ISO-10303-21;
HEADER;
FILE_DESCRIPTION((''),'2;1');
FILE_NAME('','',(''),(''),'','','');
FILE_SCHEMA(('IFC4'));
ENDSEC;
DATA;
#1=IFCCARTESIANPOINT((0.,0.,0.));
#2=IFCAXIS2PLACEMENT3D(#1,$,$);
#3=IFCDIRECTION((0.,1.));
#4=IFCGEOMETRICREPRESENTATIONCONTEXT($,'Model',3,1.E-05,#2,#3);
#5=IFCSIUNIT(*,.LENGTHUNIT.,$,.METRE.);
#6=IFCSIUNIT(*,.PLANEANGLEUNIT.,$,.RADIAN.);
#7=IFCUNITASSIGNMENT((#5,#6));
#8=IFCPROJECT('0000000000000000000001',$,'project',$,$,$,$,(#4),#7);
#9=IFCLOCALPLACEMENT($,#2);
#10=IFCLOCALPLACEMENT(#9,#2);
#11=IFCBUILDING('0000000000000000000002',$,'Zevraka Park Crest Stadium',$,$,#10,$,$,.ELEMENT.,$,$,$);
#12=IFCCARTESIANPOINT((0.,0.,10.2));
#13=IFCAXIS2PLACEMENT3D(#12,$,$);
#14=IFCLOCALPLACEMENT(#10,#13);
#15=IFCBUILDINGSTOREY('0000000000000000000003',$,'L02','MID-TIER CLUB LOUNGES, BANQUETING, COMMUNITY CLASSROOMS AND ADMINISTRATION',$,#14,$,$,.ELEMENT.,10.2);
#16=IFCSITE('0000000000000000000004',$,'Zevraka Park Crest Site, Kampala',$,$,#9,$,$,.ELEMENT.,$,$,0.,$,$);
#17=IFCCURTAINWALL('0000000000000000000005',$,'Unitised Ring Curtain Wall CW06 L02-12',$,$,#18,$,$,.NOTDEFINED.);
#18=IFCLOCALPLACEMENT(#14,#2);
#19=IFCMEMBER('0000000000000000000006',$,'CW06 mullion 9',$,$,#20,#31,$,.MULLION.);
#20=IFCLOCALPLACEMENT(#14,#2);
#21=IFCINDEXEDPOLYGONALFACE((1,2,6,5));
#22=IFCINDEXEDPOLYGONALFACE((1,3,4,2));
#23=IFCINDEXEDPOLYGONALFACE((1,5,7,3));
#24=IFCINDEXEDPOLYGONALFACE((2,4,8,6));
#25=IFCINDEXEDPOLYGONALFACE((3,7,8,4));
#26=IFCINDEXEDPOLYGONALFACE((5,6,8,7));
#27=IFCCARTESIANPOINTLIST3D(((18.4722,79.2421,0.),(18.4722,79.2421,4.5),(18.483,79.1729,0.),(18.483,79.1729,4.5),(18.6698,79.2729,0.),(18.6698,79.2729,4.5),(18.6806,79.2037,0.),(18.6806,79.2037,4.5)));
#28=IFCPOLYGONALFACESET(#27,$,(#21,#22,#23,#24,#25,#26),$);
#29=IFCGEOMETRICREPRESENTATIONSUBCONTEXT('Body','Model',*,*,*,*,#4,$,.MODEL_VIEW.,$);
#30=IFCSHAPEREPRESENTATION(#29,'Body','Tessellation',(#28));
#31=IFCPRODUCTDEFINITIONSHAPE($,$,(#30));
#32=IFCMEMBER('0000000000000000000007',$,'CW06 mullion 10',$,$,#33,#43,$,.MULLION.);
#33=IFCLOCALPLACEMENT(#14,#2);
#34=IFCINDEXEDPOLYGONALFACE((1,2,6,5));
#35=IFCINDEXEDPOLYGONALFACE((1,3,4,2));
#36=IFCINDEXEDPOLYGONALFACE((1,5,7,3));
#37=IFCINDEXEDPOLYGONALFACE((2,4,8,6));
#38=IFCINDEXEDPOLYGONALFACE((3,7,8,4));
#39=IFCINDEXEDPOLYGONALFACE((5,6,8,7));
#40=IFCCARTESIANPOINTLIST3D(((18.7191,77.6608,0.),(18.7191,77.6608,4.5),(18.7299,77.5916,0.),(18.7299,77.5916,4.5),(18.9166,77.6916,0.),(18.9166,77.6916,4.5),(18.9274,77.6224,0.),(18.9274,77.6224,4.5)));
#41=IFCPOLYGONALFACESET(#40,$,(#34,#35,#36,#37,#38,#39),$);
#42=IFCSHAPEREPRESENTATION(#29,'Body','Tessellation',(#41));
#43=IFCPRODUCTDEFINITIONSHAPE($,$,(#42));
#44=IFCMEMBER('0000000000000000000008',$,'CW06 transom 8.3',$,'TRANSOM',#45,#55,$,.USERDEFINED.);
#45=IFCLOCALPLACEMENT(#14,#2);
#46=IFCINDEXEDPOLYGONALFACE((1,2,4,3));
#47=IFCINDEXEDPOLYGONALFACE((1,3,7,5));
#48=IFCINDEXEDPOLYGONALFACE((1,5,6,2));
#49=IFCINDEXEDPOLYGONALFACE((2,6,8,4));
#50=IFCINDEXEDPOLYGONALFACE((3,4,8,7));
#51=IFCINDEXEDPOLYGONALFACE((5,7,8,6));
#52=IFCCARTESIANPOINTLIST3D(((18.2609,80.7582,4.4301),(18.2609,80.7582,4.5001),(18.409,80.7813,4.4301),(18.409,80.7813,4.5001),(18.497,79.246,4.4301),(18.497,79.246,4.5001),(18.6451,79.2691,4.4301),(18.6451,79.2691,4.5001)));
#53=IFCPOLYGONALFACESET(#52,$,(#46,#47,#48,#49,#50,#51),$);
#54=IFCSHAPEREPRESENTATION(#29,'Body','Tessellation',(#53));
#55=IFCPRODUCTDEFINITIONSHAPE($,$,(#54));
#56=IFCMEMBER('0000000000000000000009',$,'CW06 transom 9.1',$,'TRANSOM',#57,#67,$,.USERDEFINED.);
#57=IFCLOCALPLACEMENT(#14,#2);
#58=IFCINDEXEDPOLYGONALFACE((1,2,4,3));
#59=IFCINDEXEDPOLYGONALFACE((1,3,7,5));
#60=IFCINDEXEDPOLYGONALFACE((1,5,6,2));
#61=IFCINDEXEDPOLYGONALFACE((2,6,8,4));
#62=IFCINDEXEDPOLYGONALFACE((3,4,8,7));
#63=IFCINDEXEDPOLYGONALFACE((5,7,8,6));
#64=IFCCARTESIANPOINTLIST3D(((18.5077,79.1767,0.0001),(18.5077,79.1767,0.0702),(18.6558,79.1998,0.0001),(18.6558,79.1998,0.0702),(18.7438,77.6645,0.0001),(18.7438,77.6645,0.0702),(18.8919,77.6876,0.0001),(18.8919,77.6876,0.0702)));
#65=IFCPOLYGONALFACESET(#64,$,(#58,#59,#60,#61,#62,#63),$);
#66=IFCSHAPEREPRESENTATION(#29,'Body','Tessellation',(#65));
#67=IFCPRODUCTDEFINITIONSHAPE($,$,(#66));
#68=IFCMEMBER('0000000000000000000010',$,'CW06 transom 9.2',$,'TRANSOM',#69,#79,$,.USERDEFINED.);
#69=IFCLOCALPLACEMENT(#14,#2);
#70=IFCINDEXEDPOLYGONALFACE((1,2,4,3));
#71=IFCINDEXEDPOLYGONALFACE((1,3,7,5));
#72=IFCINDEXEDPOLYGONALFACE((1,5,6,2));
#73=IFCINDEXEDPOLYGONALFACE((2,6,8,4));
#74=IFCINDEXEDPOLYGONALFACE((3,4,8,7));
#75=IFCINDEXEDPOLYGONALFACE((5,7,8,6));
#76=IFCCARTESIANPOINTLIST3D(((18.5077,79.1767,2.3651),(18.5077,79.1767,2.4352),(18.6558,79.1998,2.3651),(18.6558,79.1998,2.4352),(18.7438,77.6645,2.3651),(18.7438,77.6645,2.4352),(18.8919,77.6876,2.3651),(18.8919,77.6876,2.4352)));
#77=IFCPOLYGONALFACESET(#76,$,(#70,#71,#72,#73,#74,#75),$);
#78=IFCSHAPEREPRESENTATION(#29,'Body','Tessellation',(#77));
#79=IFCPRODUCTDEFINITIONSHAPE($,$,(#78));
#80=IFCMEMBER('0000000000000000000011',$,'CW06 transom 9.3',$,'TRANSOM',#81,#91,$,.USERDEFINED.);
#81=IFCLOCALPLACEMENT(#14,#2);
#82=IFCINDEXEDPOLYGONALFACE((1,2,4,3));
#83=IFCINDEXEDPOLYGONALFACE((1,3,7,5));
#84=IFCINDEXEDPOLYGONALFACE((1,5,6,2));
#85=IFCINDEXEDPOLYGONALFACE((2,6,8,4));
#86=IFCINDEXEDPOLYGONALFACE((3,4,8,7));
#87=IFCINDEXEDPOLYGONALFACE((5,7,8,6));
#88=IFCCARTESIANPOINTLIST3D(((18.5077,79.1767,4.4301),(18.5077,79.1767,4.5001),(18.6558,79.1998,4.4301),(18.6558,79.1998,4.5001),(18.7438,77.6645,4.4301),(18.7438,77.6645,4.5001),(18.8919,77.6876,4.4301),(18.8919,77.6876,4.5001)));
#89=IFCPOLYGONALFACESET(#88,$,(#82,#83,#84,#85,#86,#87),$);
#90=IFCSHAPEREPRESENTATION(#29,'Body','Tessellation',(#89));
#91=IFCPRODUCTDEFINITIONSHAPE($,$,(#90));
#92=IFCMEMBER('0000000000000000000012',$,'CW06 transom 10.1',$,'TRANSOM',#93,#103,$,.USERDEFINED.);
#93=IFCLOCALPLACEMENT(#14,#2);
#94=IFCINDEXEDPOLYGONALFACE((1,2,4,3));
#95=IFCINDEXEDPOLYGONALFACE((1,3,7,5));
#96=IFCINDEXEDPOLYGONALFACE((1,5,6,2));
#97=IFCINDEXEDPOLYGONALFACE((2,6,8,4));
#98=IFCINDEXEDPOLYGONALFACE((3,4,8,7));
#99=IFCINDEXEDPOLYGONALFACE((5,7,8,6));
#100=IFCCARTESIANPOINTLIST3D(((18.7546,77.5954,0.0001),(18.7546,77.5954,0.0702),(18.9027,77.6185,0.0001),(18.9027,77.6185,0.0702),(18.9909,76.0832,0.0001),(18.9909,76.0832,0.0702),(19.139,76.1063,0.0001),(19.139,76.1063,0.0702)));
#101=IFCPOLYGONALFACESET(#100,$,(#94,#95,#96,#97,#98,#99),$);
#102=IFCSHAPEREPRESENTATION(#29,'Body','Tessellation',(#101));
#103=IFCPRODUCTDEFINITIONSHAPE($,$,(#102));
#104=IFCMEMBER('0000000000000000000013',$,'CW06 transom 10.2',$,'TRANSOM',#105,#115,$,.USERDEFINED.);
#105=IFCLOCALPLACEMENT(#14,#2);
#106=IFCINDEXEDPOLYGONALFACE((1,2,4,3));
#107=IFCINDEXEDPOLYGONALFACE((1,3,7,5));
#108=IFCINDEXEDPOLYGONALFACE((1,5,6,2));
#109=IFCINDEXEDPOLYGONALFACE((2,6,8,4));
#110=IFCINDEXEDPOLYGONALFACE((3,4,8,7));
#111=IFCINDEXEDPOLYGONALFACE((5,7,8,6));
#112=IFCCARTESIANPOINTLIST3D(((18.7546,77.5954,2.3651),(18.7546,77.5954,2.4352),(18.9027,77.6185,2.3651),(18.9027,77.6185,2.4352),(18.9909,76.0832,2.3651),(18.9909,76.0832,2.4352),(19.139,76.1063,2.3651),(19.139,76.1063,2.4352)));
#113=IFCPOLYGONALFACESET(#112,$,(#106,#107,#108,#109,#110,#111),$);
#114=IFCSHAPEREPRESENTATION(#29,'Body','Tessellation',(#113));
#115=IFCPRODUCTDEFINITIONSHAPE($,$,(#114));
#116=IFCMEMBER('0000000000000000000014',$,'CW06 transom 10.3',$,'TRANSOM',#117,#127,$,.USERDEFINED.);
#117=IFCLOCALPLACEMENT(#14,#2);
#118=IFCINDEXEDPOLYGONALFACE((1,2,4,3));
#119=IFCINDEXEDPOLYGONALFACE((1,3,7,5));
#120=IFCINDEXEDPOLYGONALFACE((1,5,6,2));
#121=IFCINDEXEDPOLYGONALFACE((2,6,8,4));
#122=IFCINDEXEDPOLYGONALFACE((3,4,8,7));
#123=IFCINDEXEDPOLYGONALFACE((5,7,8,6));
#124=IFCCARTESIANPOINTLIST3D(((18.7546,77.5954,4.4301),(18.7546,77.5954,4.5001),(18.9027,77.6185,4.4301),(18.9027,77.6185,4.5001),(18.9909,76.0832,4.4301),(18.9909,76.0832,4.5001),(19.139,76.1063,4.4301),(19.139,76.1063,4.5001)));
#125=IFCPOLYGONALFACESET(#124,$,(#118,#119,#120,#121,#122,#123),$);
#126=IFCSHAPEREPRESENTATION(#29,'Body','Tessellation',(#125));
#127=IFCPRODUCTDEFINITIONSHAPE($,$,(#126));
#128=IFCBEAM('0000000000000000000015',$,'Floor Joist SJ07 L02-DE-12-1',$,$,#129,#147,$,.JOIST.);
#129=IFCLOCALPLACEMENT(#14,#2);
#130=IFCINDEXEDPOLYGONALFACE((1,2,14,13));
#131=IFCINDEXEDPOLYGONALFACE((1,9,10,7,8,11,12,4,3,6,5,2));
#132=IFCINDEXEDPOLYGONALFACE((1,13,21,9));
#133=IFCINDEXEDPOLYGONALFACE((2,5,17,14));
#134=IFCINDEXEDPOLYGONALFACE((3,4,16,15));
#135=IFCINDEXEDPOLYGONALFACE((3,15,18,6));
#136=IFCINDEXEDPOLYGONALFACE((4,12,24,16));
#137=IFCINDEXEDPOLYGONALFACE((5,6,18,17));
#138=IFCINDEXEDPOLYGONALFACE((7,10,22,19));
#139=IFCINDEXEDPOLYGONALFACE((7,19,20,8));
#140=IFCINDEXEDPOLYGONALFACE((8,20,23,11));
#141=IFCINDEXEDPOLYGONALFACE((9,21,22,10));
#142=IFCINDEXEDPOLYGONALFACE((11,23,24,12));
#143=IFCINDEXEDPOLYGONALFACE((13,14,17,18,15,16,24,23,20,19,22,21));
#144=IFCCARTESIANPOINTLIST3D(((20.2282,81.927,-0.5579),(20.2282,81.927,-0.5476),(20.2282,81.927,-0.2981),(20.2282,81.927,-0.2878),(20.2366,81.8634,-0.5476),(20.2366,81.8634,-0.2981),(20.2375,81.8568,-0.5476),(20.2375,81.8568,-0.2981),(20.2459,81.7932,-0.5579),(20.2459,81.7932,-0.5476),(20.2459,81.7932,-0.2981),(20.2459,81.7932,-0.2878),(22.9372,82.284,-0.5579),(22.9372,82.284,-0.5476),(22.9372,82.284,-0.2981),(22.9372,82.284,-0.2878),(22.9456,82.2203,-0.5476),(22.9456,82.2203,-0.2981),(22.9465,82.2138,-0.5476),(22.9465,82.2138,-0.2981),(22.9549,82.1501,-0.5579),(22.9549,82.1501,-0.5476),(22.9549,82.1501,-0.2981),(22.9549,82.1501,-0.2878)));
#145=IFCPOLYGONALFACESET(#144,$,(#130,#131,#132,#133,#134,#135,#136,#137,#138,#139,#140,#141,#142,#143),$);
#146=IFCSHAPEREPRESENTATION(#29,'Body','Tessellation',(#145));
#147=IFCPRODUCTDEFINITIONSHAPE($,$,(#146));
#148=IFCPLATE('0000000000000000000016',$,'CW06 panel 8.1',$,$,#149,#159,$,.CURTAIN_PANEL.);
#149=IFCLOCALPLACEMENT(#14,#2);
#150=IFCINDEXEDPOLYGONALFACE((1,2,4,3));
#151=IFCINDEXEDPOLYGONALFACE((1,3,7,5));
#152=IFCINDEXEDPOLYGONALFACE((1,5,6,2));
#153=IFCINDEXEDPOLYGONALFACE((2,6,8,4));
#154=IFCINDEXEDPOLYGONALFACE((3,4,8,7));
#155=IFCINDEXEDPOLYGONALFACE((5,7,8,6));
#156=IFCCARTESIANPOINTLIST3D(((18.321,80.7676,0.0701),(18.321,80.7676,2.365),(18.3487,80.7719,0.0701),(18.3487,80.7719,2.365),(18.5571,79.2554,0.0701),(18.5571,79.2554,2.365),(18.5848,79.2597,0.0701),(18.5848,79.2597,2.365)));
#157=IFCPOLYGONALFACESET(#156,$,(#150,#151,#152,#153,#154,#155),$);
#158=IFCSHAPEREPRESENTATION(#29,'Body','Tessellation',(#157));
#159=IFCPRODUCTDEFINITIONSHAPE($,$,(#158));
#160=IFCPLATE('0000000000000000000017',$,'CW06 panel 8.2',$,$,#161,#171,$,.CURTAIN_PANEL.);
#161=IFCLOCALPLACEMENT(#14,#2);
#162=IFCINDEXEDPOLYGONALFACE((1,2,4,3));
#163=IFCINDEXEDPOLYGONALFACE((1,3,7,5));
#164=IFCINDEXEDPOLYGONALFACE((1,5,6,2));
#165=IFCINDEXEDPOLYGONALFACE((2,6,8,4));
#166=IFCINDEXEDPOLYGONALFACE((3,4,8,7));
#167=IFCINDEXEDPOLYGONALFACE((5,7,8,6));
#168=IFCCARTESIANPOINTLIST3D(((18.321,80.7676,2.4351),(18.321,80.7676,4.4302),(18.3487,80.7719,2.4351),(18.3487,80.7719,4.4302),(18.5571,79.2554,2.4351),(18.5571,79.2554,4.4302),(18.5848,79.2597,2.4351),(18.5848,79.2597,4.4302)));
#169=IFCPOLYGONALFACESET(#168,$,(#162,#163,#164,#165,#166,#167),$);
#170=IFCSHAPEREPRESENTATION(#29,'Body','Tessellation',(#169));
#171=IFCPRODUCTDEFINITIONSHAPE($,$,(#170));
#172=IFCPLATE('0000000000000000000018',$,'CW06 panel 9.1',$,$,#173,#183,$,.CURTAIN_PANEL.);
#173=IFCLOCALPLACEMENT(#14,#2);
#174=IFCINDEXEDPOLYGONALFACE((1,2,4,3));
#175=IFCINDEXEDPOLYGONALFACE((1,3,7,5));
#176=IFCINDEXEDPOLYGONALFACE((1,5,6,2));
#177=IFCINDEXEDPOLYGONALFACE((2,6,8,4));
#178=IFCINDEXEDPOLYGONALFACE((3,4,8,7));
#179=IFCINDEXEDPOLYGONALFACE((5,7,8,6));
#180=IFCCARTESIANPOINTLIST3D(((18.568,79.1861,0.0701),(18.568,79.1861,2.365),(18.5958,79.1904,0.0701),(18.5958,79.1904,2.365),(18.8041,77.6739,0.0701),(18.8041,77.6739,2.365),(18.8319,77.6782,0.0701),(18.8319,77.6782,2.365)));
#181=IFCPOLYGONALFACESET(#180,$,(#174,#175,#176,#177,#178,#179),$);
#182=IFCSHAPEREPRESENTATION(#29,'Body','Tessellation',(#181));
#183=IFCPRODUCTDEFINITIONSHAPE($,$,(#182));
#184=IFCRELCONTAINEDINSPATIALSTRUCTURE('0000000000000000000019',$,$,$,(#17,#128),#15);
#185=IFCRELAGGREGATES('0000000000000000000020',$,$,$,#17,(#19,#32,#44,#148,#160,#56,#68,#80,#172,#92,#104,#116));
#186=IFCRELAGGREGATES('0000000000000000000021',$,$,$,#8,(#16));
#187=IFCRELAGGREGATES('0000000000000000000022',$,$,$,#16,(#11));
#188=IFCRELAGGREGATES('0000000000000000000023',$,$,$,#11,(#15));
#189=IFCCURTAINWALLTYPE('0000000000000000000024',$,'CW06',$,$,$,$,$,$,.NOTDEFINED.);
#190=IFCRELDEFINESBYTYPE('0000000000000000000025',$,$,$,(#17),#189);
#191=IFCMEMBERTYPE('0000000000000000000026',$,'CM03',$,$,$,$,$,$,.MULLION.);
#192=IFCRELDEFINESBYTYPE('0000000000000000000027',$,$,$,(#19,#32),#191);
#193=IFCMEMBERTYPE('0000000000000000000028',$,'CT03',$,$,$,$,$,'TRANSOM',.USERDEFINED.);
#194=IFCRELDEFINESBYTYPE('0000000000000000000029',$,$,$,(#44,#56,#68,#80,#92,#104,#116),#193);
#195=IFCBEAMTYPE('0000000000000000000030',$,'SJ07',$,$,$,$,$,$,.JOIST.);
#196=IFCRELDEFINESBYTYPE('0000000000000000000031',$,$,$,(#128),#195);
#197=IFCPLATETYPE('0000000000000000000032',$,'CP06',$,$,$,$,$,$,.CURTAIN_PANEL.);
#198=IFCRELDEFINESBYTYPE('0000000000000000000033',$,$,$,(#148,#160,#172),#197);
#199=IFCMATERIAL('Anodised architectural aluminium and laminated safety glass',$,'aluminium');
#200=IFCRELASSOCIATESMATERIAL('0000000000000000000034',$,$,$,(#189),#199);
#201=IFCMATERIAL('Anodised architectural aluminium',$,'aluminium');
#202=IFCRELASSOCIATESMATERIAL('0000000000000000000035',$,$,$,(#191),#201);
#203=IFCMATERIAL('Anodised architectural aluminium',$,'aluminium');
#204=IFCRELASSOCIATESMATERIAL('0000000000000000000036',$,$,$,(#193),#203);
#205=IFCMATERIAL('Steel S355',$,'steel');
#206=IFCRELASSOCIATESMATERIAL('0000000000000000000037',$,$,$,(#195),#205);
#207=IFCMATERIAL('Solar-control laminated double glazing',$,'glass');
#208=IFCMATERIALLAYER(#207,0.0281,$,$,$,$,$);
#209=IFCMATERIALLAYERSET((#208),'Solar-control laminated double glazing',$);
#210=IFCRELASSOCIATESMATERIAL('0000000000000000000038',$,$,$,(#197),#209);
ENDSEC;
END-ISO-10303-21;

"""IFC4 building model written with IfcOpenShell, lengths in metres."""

from ifc_helpers import new_model, si_unit, direction, frame, origin, origin_2d, place, context, subcontext, project, spatial, rectangle, i_section, extrude, material, layer, layer_set, material_profile, profile_set, type_object, element, aggregate, save


model = new_model("IFC4")

# Units and contexts
model_context = context("Model", 3, precision=1e-05, world=origin(), true_north=direction((0.0, 1.0)))
body_context = subcontext(model_context, "Body", "Model", "MODEL_VIEW")
ifc_project = project(units=[si_unit("LENGTHUNIT", "METRE"), si_unit("PLANEANGLEUNIT", "RADIAN")], contexts=[model_context])

# Site, building, storey
site_placement = place(None, origin())
site = spatial("IfcSite", under=ifc_project, at=site_placement, Name="Zevraka Park Crest Site, Kampala", CompositionType="ELEMENT", RefElevation=0.0)
building_placement = place(site_placement, origin())
building = spatial("IfcBuilding", under=site, at=building_placement, Name="Zevraka Park Crest Stadium", CompositionType="ELEMENT")
storey_placement = place(building_placement, frame((0.0, 0.0, 10.2)))
storey = spatial("IfcBuildingStorey", under=building, at=storey_placement, Name="L02", Description="MID-TIER CLUB LOUNGES, BANQUETING, COMMUNITY CLASSROOMS AND ADMINISTRATION", CompositionType="ELEMENT", Elevation=10.2)

# Curtain wall, members
ifc_material_1 = material(Name="Anodised architectural aluminium and laminated safety glass", Category="aluminium")
curtain_wall_type = type_object("IfcCurtainWallType", Name="CW06", PredefinedType="NOTDEFINED", material=ifc_material_1)
curtain_wall_placement = place(storey_placement, origin())
curtain_wall = element("IfcCurtainWall", 1, at=curtain_wall_placement, inside=storey, type_object=curtain_wall_type, Name="Unitised Ring Curtain Wall CW06 L02-12", PredefinedType="NOTDEFINED")
ifc_material_2 = material(Name="Anodised architectural aluminium", Category="aluminium")
ifc_material_profile_1 = material_profile(ifc_material_2, rectangle(XDim=0.2, YDim=0.0701, at=origin_2d()), Name="ALU MULLION 200x70")
ifc_profile_set_1 = profile_set([ifc_material_profile_1], Name="Anodised architectural aluminium")
member_type_1 = type_object("IfcMemberType", Name="CM03", PredefinedType="MULLION", material=ifc_profile_set_1)
member_1_placement = place(storey_placement, frame((18.5764, 79.2229, 0.0), z_axis=(0.0, 0.0, 1.0), x_axis=(0.988028, 0.154274, 0.0)))
member_1 = element("IfcMember", 2, at=member_1_placement, type_object=member_type_1, Name="CW06 mullion 9", PredefinedType="MULLION", context=body_context, shape_type="SweptSolid", body=[
    extrude(rectangle(XDim=0.2, YDim=0.0701, at=origin_2d()), origin(), (0.0, 0.0, 1.0), 4.5),
])
member_2_placement = place(storey_placement, frame((18.8232, 77.6416, 0.0), z_axis=(0.0, 0.0, 1.0), x_axis=(0.988028, 0.154274, 0.0)))
member_2 = element("IfcMember", 3, at=member_2_placement, type_object=member_type_1, Name="CW06 mullion 10", PredefinedType="MULLION", context=body_context, shape_type="SweptSolid", body=[
    extrude(rectangle(XDim=0.2, YDim=0.0701, at=origin_2d()), origin(), (0.0, 0.0, 1.0), 4.5),
])
ifc_material_3 = material(Name="Anodised architectural aluminium", Category="aluminium")
ifc_material_profile_2 = material_profile(ifc_material_3, rectangle(XDim=0.1499, YDim=0.0701, at=origin_2d()), Name="ALU TRANSOM 150x70")
ifc_profile_set_2 = profile_set([ifc_material_profile_2], Name="Anodised architectural aluminium")
member_type_2 = type_object("IfcMemberType", Name="CT03", ElementType="TRANSOM", PredefinedType="USERDEFINED", material=ifc_profile_set_2)
member_3_placement = place(storey_placement, frame((18.335, 80.7698, 4.4651), z_axis=(0.15425, -0.988032, 0.0), x_axis=(0.988032, 0.15425, 0.0)))
member_3 = element("IfcMember", 4, at=member_3_placement, type_object=member_type_2, Name="CW06 transom 8.3", ObjectType="TRANSOM", PredefinedType="USERDEFINED", context=body_context, shape_type="SweptSolid", body=[
    extrude(rectangle(XDim=0.1499, YDim=0.0701, at=origin_2d()), origin(), (0.0, 0.0, 1.0), 1.5305),
])
member_4_placement = place(storey_placement, frame((18.5818, 79.1882, 0.0352), z_axis=(0.15425, -0.988032, 0.0), x_axis=(0.988032, 0.15425, 0.0)))
member_4 = element("IfcMember", 5, at=member_4_placement, type_object=member_type_2, Name="CW06 transom 9.1", ObjectType="TRANSOM", PredefinedType="USERDEFINED", context=body_context, shape_type="SweptSolid", body=[
    extrude(rectangle(XDim=0.1499, YDim=0.0701, at=origin_2d()), origin(), (0.0, 0.0, 1.0), 1.5305),
])
member_5_placement = place(storey_placement, frame((18.5818, 79.1882, 2.4001), z_axis=(0.15425, -0.988032, 0.0), x_axis=(0.988032, 0.15425, 0.0)))
member_5 = element("IfcMember", 6, at=member_5_placement, type_object=member_type_2, Name="CW06 transom 9.2", ObjectType="TRANSOM", PredefinedType="USERDEFINED", context=body_context, shape_type="SweptSolid", body=[
    extrude(rectangle(XDim=0.1499, YDim=0.0701, at=origin_2d()), origin(), (0.0, 0.0, 1.0), 1.5305),
])
member_6_placement = place(storey_placement, frame((18.5818, 79.1882, 4.4651), z_axis=(0.15425, -0.988032, 0.0), x_axis=(0.988032, 0.15425, 0.0)))
member_6 = element("IfcMember", 7, at=member_6_placement, type_object=member_type_2, Name="CW06 transom 9.3", ObjectType="TRANSOM", PredefinedType="USERDEFINED", context=body_context, shape_type="SweptSolid", body=[
    extrude(rectangle(XDim=0.1499, YDim=0.0701, at=origin_2d()), origin(), (0.0, 0.0, 1.0), 1.5305),
])
member_7_placement = place(storey_placement, frame((18.8286, 77.6069, 0.0352), z_axis=(0.154406, -0.988007, 0.0), x_axis=(0.988007, 0.154406, 0.0)))
member_7 = element("IfcMember", 8, at=member_7_placement, type_object=member_type_2, Name="CW06 transom 10.1", ObjectType="TRANSOM", PredefinedType="USERDEFINED", context=body_context, shape_type="SweptSolid", body=[
    extrude(rectangle(XDim=0.1499, YDim=0.0701, at=origin_2d()), origin(), (0.0, 0.0, 1.0), 1.5305),
])
member_8_placement = place(storey_placement, frame((18.8286, 77.6069, 2.4001), z_axis=(0.154406, -0.988007, 0.0), x_axis=(0.988007, 0.154406, 0.0)))
member_8 = element("IfcMember", 9, at=member_8_placement, type_object=member_type_2, Name="CW06 transom 10.2", ObjectType="TRANSOM", PredefinedType="USERDEFINED", context=body_context, shape_type="SweptSolid", body=[
    extrude(rectangle(XDim=0.1499, YDim=0.0701, at=origin_2d()), origin(), (0.0, 0.0, 1.0), 1.5305),
])
member_9_placement = place(storey_placement, frame((18.8286, 77.6069, 4.4651), z_axis=(0.154406, -0.988007, 0.0), x_axis=(0.988007, 0.154406, 0.0)))
member_9 = element("IfcMember", 10, at=member_9_placement, type_object=member_type_2, Name="CW06 transom 10.3", ObjectType="TRANSOM", PredefinedType="USERDEFINED", context=body_context, shape_type="SweptSolid", body=[
    extrude(rectangle(XDim=0.1499, YDim=0.0701, at=origin_2d()), origin(), (0.0, 0.0, 1.0), 1.5305),
])

# Beam
ifc_material_4 = material(Name="Steel S355", Category="steel")
ifc_material_profile_3 = material_profile(ifc_material_4, i_section(OverallWidth=0.135, OverallDepth=0.27, WebThickness=0.0066, FlangeThickness=0.0103, at=origin_2d()), Name="IPE 270")
ifc_profile_set_3 = profile_set([ifc_material_profile_3], Name="Steel S355")
beam_type = type_object("IfcBeamType", Name="SJ07", PredefinedType="JOIST", material=ifc_profile_set_3)
beam_placement = place(storey_placement, frame((22.946, 82.217, -0.4229), z_axis=(-0.991431, -0.13063, 0.0), x_axis=(0.13063, -0.991431, 0.0)))
element("IfcBeam", 11, at=beam_placement, inside=storey, type_object=beam_type, Name="Floor Joist SJ07 L02-DE-12-1", PredefinedType="JOIST", context=body_context, shape_type="SweptSolid", body=[
    extrude(i_section(OverallWidth=0.135, OverallDepth=0.27, WebThickness=0.0066, FlangeThickness=0.0103, at=origin_2d()), origin(), (0.0, 0.0, 1.0), 2.7324),
])

# Plates
ifc_material_5 = material(Name="Solar-control laminated double glazing", Category="glass")
ifc_layer_1 = layer(ifc_material_5, 0.0281)
ifc_layer_set_1 = layer_set([ifc_layer_1], Name="Solar-control laminated double glazing")
plate_type = type_object("IfcPlateType", Name="CP06", PredefinedType="CURTAIN_PANEL", material=ifc_layer_set_1)
plate_1_placement = place(storey_placement, frame((18.4529, 80.0137, 0.0701), z_axis=(0.0, 0.0, 1.0), x_axis=(0.154274, -0.988028, 0.0)))
plate_1 = element("IfcPlate", 12, at=plate_1_placement, type_object=plate_type, Name="CW06 panel 8.1", PredefinedType="CURTAIN_PANEL", context=body_context, shape_type="SweptSolid", body=[
    extrude(rectangle(XDim=1.5305, YDim=0.0281, at=origin_2d()), origin(), (0.0, 0.0, 1.0), 2.2949),
])
plate_2_placement = place(storey_placement, frame((18.4529, 80.0137, 2.4351), z_axis=(0.0, 0.0, 1.0), x_axis=(0.154274, -0.988028, 0.0)))
plate_2 = element("IfcPlate", 13, at=plate_2_placement, type_object=plate_type, Name="CW06 panel 8.2", PredefinedType="CURTAIN_PANEL", context=body_context, shape_type="SweptSolid", body=[
    extrude(rectangle(XDim=1.5305, YDim=0.0281, at=origin_2d()), origin(), (0.0, 0.0, 1.0), 1.9951),
])
plate_3_placement = place(storey_placement, frame((18.7, 78.4321, 0.0701), z_axis=(0.0, 0.0, 1.0), x_axis=(0.154274, -0.988028, 0.0)))
plate_3 = element("IfcPlate", 14, at=plate_3_placement, type_object=plate_type, Name="CW06 panel 9.1", PredefinedType="CURTAIN_PANEL", context=body_context, shape_type="SweptSolid", body=[
    extrude(rectangle(XDim=1.5305, YDim=0.0281, at=origin_2d()), origin(), (0.0, 0.0, 1.0), 2.2949),
])
aggregate(curtain_wall, [member_1, member_2, member_3, plate_1, plate_2, member_4, member_5, member_6, plate_3, member_7, member_8, member_9])

save(model, "model.ifc")
